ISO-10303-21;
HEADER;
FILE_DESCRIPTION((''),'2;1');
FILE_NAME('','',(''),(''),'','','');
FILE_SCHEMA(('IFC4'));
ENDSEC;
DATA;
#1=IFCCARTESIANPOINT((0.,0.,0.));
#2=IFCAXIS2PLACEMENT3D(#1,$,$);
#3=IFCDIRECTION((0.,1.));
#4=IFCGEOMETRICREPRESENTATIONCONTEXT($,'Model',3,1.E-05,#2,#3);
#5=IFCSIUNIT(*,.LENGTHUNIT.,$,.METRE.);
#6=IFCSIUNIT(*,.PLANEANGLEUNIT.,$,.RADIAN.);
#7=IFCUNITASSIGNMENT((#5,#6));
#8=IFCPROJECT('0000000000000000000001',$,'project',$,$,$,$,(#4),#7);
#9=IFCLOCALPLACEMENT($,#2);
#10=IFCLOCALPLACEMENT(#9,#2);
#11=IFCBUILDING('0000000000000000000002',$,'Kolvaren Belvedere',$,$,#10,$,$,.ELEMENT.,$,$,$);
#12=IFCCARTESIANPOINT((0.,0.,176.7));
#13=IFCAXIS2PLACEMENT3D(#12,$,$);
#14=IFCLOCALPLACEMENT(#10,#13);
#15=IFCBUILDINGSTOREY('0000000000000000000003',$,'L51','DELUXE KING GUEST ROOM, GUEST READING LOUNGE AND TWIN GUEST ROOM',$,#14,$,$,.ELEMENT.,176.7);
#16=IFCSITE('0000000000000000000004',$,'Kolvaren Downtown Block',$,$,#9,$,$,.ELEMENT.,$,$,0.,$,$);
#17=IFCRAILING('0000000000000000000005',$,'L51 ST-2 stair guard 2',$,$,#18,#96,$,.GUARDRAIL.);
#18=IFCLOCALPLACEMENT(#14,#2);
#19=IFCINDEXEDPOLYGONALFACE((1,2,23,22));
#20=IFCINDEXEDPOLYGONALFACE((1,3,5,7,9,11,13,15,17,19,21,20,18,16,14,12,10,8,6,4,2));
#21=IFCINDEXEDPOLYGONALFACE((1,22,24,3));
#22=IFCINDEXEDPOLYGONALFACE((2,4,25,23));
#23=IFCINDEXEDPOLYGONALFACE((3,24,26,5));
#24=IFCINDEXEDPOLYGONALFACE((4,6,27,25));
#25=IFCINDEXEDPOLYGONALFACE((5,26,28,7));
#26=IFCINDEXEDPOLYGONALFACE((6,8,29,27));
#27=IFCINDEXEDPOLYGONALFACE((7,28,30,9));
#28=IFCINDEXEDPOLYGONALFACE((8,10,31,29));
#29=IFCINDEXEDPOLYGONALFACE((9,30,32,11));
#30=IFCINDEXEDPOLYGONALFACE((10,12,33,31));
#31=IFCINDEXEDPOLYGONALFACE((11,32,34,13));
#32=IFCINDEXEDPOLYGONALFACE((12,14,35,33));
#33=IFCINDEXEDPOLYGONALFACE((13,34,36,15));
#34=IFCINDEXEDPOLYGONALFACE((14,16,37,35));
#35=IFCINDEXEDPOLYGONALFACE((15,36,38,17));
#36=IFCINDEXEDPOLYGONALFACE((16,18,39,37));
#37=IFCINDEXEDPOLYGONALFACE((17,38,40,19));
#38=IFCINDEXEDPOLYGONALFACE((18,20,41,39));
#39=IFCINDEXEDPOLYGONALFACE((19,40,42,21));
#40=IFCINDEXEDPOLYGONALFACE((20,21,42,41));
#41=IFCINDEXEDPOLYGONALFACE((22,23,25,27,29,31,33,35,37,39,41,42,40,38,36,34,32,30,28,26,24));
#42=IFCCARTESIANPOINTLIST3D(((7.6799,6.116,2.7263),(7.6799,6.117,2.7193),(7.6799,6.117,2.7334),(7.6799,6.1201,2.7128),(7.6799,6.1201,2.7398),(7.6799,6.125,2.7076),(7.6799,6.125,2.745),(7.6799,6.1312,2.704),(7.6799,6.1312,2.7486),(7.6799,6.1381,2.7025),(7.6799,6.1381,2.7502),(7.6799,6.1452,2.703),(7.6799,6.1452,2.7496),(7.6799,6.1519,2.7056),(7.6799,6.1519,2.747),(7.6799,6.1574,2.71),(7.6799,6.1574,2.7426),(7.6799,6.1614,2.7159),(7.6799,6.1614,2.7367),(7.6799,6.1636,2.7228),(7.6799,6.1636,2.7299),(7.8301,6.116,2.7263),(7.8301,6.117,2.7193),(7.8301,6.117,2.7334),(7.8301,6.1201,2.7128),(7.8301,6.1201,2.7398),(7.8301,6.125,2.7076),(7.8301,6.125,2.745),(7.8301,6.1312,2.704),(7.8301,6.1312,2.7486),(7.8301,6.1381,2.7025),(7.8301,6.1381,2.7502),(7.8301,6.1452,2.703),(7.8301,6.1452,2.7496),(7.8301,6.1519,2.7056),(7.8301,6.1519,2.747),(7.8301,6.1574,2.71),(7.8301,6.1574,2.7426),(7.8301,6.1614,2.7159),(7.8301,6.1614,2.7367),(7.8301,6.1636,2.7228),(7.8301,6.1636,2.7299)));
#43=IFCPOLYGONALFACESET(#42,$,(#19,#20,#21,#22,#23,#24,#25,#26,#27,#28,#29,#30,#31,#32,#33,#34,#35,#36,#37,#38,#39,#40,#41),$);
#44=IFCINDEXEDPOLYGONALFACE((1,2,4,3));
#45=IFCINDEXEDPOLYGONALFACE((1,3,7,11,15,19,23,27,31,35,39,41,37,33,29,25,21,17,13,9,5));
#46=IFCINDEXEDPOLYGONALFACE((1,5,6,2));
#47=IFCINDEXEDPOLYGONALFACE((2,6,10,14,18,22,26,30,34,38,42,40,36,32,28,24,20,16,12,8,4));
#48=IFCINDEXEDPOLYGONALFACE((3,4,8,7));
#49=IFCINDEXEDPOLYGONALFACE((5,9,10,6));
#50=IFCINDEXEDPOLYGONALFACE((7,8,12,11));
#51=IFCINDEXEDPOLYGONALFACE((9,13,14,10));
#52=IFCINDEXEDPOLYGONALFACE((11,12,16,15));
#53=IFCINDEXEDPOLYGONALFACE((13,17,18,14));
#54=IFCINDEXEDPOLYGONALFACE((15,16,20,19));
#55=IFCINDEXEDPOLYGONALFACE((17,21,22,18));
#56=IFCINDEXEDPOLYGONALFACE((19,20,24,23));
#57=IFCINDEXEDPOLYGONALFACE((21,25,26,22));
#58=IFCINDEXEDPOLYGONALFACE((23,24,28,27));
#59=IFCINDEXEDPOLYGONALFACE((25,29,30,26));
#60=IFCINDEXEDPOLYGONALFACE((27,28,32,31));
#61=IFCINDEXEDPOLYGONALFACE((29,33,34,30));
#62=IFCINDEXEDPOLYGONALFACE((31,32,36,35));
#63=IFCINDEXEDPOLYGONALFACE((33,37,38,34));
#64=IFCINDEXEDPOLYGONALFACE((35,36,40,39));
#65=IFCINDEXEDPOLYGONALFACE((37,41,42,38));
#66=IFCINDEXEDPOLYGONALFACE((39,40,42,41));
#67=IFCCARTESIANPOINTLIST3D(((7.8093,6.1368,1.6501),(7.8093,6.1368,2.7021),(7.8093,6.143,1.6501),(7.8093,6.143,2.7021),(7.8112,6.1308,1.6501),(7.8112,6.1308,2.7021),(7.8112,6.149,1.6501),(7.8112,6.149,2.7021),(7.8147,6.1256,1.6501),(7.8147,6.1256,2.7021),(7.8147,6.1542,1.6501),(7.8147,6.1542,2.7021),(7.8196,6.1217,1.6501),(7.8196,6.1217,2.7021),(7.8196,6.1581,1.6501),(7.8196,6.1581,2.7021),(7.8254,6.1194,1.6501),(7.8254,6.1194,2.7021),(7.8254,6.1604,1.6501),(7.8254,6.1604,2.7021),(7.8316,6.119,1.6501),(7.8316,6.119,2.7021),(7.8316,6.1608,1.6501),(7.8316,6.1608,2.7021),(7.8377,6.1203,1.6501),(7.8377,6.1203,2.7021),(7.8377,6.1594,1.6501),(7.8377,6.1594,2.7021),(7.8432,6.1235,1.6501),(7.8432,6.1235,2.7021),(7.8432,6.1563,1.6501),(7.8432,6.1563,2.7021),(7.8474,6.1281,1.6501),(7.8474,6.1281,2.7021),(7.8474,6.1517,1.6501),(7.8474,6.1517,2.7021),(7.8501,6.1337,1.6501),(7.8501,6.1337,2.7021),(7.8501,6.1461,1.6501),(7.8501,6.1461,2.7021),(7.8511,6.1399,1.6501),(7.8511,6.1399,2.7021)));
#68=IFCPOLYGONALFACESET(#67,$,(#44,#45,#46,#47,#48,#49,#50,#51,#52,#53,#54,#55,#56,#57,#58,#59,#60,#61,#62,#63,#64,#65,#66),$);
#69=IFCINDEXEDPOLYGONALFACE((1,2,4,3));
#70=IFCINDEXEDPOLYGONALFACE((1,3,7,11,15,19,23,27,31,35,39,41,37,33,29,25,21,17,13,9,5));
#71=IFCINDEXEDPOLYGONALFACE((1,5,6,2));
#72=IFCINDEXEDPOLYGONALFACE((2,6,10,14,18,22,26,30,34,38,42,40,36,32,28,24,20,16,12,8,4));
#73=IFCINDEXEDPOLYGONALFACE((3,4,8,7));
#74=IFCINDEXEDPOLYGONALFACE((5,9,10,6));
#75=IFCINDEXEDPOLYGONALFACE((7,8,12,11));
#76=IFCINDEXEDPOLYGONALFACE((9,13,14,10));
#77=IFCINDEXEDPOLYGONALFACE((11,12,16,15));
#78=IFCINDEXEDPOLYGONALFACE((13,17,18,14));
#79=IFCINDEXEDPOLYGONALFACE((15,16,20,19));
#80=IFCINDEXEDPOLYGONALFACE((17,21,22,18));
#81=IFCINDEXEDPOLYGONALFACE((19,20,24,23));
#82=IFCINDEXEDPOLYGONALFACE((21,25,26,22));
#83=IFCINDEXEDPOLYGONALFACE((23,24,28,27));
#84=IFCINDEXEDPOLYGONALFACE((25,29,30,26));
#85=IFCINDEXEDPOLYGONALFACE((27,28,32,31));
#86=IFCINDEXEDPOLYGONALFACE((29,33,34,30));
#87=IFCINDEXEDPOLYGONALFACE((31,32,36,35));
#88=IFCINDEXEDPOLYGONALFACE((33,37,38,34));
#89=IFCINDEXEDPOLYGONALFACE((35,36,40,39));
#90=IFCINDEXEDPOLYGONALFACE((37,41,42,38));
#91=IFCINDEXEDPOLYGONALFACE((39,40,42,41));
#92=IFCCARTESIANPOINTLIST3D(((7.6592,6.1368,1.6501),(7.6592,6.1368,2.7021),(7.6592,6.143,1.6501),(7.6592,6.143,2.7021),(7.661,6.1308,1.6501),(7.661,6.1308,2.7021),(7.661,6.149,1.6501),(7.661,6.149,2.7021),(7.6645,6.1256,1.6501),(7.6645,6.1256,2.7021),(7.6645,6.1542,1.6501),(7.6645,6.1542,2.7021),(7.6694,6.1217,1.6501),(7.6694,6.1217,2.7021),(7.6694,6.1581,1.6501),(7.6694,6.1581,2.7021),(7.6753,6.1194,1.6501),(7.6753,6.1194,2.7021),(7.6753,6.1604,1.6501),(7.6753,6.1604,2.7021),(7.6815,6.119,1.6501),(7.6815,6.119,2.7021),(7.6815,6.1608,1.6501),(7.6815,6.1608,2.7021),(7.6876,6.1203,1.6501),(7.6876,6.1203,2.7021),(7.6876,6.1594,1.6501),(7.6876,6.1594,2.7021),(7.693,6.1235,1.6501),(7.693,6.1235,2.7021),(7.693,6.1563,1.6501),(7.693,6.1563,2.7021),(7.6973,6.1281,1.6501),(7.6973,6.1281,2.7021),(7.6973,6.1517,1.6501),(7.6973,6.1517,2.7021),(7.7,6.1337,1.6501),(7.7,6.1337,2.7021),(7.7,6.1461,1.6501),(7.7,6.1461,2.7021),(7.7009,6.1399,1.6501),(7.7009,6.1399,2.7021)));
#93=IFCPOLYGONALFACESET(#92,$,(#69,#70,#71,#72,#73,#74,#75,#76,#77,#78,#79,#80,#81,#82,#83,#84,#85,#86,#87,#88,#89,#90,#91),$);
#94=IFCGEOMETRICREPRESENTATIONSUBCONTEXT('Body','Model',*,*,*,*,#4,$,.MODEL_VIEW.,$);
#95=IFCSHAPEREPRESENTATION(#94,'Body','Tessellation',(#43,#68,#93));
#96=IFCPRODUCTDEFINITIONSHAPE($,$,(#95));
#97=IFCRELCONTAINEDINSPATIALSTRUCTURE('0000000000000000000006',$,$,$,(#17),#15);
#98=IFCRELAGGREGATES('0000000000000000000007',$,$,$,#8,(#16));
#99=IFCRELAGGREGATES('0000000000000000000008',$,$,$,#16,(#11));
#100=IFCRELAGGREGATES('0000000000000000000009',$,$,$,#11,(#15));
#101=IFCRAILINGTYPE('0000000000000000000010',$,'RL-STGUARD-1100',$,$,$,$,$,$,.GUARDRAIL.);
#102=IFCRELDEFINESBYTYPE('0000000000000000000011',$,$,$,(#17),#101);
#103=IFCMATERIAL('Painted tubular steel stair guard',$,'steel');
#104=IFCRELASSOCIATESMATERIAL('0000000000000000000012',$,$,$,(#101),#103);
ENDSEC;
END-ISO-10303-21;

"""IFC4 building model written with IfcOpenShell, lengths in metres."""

from ifc_helpers import new_model, si_unit, direction, frame, origin, origin_2d, place, context, subcontext, project, spatial, circle, extrude, material, type_object, element, save


model = new_model("IFC4")

# Units and contexts
model_context = context("Model", 3, precision=1e-05, world=origin(), true_north=direction((0.0, 1.0)))
body_context = subcontext(model_context, "Body", "Model", "MODEL_VIEW")
ifc_project = project(units=[si_unit("LENGTHUNIT", "METRE"), si_unit("PLANEANGLEUNIT", "RADIAN")], contexts=[model_context])

# Site, building, storey
site_placement = place(None, origin())
site = spatial("IfcSite", under=ifc_project, at=site_placement, Name="Kolvaren Downtown Block", CompositionType="ELEMENT", RefElevation=0.0)
building_placement = place(site_placement, origin())
building = spatial("IfcBuilding", under=site, at=building_placement, Name="Kolvaren Belvedere", CompositionType="ELEMENT")
storey_placement = place(building_placement, frame((0.0, 0.0, 176.7)))
storey = spatial("IfcBuildingStorey", under=building, at=storey_placement, Name="L51", Description="DELUXE KING GUEST ROOM, GUEST READING LOUNGE AND TWIN GUEST ROOM", CompositionType="ELEMENT", Elevation=176.7)

# Railing
ifc_material_1 = material(Name="Painted tubular steel stair guard", Category="steel")
railing_type_1 = type_object("IfcRailingType", Name="RL-STGUARD-1100", PredefinedType="GUARDRAIL", material=ifc_material_1)
railing_1_placement = place(storey_placement, frame((7.8301, 6.1399, 1.6501)))
element("IfcRailing", 1, at=railing_1_placement, inside=storey, type_object=railing_type_1, Name="L51 ST-2 stair guard 2", PredefinedType="GUARDRAIL", context=body_context, shape_type="SweptSolid", body=[
    extrude(circle(Radius=0.0239, at=origin_2d()), frame((0.0, 0.0, 1.0762), z_axis=(-1.0, 0.0, 0.0), x_axis=(0.0, -1.0, 0.0)), (0.0, 0.0, 1.0), 0.1501),
    extrude(circle(Radius=0.021, at=origin_2d()), origin(), (0.0, 0.0, 1.0), 1.052),
    extrude(circle(Radius=0.021, at=origin_2d()), frame((-0.1501, 0.0, 0.0)), (0.0, 0.0, 1.0), 1.052),
])

save(model, "model.ifc")
